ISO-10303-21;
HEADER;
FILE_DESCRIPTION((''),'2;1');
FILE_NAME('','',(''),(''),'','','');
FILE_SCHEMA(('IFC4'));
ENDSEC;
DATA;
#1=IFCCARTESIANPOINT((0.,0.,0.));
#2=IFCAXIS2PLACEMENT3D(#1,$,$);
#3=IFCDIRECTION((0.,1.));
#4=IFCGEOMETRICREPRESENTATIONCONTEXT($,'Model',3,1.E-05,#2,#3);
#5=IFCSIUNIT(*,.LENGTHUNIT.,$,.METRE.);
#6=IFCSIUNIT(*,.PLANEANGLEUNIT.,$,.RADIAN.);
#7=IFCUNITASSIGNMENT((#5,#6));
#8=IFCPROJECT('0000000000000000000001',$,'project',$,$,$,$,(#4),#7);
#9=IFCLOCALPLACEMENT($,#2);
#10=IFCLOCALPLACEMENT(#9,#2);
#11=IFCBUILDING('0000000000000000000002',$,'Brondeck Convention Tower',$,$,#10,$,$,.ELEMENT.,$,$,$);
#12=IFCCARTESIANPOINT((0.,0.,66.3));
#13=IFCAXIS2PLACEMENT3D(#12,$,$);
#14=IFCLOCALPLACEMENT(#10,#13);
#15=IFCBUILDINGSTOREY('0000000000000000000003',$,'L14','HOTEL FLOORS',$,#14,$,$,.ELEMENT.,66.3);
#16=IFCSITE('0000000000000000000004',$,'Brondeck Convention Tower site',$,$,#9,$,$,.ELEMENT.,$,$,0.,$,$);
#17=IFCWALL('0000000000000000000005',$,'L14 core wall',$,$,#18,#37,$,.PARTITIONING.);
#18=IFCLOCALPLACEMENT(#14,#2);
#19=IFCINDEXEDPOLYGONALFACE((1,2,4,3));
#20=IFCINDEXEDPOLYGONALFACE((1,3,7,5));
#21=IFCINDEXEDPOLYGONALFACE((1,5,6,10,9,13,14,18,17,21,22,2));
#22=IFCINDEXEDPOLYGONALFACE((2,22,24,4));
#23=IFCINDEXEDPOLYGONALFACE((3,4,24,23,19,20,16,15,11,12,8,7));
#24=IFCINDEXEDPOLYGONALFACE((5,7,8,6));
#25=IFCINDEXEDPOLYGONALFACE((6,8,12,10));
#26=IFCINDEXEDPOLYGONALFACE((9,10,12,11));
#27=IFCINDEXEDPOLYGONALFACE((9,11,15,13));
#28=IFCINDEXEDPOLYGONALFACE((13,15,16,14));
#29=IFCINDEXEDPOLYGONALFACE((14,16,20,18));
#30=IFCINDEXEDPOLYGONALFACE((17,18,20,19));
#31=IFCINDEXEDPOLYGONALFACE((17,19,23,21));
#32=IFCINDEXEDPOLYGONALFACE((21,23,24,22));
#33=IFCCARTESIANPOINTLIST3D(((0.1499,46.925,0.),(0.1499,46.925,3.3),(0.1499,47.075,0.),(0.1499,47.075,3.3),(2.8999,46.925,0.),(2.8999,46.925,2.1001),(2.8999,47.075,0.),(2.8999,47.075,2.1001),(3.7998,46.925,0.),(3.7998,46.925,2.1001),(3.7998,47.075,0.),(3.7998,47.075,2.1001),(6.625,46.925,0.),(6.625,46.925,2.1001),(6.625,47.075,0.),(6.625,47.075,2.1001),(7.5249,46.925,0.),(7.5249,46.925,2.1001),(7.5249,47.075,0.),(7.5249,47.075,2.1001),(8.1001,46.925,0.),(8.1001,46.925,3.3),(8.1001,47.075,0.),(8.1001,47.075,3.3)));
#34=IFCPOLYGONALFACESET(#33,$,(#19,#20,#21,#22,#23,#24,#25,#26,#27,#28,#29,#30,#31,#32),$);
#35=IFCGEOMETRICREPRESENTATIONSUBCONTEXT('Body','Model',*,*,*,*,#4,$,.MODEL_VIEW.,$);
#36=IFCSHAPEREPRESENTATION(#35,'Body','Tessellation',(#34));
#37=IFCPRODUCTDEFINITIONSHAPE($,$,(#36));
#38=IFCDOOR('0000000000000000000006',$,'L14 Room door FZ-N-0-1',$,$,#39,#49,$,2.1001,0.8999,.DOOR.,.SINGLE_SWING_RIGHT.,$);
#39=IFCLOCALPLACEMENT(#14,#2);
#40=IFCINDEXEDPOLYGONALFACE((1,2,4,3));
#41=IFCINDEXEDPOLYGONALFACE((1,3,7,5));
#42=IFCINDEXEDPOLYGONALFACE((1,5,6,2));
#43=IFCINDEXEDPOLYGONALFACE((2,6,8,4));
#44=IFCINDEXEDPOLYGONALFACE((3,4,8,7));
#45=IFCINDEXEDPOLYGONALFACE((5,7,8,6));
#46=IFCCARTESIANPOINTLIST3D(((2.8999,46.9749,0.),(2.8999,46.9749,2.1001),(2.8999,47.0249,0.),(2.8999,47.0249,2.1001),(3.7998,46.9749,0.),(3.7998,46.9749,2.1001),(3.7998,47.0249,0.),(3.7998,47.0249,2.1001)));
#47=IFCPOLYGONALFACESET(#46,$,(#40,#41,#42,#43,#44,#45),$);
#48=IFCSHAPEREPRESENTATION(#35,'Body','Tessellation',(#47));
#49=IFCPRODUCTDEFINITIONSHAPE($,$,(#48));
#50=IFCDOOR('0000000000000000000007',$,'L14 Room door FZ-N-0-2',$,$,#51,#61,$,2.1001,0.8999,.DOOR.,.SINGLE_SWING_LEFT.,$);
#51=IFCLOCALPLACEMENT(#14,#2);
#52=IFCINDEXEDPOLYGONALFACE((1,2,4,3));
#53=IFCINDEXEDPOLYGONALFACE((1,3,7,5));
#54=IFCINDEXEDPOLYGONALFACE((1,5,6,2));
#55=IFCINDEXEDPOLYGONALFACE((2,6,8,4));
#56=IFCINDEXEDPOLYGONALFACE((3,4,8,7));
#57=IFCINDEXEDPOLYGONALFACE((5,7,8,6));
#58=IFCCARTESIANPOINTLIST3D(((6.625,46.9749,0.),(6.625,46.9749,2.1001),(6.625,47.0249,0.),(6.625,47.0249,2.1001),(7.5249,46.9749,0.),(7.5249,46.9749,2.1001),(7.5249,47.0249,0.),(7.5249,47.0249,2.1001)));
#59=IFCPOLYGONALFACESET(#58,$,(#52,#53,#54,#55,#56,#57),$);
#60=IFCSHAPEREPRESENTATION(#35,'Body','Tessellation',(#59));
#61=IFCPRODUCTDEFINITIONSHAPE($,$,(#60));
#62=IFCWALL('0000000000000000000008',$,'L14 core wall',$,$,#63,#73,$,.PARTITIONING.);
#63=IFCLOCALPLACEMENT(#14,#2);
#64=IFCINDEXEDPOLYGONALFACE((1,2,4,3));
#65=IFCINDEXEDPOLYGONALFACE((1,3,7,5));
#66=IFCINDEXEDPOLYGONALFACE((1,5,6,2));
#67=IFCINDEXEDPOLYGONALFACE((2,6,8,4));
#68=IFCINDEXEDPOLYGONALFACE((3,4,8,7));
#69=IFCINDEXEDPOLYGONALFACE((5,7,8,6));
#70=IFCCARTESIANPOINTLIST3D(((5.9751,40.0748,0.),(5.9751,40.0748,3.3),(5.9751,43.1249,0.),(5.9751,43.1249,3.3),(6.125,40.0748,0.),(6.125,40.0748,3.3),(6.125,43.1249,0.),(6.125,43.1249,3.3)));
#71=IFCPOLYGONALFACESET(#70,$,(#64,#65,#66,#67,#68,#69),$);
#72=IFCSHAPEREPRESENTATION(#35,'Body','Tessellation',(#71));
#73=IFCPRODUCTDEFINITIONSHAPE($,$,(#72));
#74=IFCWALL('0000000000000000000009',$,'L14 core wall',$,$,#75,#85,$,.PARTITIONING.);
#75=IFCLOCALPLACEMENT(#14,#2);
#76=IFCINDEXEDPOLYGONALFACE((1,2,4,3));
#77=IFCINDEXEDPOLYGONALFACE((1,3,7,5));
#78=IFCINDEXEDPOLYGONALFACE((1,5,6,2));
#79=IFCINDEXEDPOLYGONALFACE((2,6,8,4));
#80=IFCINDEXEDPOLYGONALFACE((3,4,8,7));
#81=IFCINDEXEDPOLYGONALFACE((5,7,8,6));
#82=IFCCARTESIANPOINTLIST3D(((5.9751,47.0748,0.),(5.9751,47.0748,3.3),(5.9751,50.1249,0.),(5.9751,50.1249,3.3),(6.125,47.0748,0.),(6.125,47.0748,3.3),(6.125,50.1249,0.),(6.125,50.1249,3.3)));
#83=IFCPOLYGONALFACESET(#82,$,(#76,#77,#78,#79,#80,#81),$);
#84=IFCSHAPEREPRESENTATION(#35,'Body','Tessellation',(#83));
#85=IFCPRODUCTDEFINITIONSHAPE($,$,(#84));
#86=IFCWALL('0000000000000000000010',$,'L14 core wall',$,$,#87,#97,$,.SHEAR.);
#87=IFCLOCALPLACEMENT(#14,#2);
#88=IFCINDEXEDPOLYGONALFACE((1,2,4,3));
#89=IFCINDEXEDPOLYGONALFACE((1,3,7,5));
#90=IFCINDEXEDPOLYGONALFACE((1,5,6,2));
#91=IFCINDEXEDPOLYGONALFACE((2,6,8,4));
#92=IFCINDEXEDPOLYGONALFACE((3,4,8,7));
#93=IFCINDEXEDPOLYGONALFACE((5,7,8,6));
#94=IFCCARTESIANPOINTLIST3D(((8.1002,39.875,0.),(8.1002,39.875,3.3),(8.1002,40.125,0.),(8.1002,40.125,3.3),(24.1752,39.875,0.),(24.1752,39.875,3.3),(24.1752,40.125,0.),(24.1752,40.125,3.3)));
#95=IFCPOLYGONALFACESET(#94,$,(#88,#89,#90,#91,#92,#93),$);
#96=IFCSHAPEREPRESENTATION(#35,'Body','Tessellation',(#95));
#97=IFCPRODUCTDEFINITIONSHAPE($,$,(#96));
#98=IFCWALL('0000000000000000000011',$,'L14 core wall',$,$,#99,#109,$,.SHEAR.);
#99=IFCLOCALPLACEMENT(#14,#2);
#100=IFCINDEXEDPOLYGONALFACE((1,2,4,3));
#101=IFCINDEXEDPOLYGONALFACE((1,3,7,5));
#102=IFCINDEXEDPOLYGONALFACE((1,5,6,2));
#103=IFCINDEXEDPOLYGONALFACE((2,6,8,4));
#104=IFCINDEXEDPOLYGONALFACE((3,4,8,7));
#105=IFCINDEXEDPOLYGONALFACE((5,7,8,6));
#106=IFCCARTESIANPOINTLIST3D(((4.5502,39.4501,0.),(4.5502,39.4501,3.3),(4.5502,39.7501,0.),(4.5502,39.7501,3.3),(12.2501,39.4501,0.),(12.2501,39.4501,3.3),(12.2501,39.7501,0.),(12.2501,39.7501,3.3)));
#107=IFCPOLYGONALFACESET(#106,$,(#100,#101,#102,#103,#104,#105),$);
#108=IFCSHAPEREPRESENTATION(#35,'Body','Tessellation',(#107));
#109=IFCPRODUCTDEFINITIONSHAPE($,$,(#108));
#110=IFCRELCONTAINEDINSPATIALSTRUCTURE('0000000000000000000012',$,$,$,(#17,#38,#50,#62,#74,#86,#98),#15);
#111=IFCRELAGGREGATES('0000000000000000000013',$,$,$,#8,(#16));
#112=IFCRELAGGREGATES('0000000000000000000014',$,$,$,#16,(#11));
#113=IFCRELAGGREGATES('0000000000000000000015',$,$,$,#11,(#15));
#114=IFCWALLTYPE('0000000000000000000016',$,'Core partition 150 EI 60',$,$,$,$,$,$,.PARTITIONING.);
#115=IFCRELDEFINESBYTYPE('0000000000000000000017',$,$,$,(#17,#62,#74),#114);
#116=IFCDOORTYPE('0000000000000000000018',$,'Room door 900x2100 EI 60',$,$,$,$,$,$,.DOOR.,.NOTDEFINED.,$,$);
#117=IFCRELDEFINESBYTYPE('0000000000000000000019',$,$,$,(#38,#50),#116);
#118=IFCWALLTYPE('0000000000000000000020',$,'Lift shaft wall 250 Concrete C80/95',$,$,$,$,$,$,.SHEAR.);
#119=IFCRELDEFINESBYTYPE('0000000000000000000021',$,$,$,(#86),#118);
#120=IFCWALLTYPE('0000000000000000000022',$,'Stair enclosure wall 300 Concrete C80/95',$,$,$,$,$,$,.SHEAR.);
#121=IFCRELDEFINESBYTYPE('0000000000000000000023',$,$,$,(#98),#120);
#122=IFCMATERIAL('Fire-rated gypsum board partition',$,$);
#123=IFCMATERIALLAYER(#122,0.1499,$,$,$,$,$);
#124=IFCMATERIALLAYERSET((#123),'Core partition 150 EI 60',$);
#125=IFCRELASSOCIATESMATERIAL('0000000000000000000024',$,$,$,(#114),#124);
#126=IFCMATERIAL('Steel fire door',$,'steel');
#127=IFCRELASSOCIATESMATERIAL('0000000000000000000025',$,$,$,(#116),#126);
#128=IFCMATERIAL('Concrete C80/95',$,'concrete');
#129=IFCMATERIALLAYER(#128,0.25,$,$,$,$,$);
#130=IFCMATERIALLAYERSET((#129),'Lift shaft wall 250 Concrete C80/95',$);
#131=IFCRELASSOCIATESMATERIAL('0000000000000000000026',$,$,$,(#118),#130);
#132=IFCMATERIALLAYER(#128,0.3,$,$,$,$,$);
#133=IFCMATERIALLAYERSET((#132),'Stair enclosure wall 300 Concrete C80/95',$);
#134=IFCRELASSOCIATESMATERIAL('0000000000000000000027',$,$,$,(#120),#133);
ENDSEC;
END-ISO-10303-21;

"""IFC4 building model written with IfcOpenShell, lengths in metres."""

from ifc_helpers import new_model, si_unit, direction, frame, frame_2d, origin, place, context, subcontext, project, spatial, rectangle, extrude, material, layer, layer_set, type_object, element, fill, save


model = new_model("IFC4")

# Units and contexts
model_context = context("Model", 3, precision=1e-05, world=origin(), true_north=direction((0.0, 1.0)))
body_context = subcontext(model_context, "Body", "Model", "MODEL_VIEW")
ifc_project = project(units=[si_unit("LENGTHUNIT", "METRE"), si_unit("PLANEANGLEUNIT", "RADIAN")], contexts=[model_context])

# Site, building, storey
site_placement = place(None, origin())
site = spatial("IfcSite", under=ifc_project, at=site_placement, Name="Brondeck Convention Tower site", CompositionType="ELEMENT", RefElevation=0.0)
building_placement = place(site_placement, origin())
building = spatial("IfcBuilding", under=site, at=building_placement, Name="Brondeck Convention Tower", CompositionType="ELEMENT")
storey_placement = place(building_placement, frame((0.0, 0.0, 66.3)))
storey = spatial("IfcBuildingStorey", under=building, at=storey_placement, Name="L14", Description="HOTEL FLOORS", CompositionType="ELEMENT", Elevation=66.3)

# Shared definitions
ifc_material_1 = material(Name="Concrete C80/95", Category="concrete")

# Shared definitions
ifc_material_2 = material(Name="Fire-rated gypsum board partition")
ifc_layer_1 = layer(ifc_material_2, 0.1499)
ifc_layer_set_1 = layer_set([ifc_layer_1], Name="Core partition 150 EI 60")
wall_type_1 = type_object("IfcWallType", Name="Core partition 150 EI 60", PredefinedType="PARTITIONING", material=ifc_layer_set_1)

# Wall, openings, doors
ifc_material_3 = material(Name="Steel fire door", Category="steel")
door_type = type_object("IfcDoorType", Name="Room door 900x2100 EI 60", OperationType="NOTDEFINED", PredefinedType="DOOR", material=ifc_material_3)
wall_1_placement = place(storey_placement, frame((0.1499, 47.0, 0.0), z_axis=(0.0, 0.0, 1.0), x_axis=(1.0, 0.0, 0.0)))
wall_1 = element("IfcWall", 1, at=wall_1_placement, inside=storey, type_object=wall_type_1, Name="L14 core wall", PredefinedType="PARTITIONING", context=body_context, shape_type="SweptSolid", body=[
    extrude(rectangle(XDim=7.9502, YDim=0.1499, at=frame_2d((3.9751, 0.0))), origin(), (0.0, 0.0, 1.0), 3.3),
])
opening_1_placement = place(wall_1_placement, frame((2.75, 0.0, 0.0)))
opening_1 = element("IfcOpeningElement", 2, at=opening_1_placement, cuts=wall_1, PredefinedType="OPENING", context=body_context, shape_type="SweptSolid", body=[
    extrude(rectangle(XDim=0.8999, YDim=2.1001, at=frame_2d((0.45, 1.05))), frame((0.0, 0.085, 0.0), z_axis=(0.0, -1.0, 0.0), x_axis=(1.0, 0.0, 0.0)), (0.0, 0.0, 1.0), 0.1699),
])
opening_2_placement = place(wall_1_placement, frame((6.4751, 0.0, 0.0)))
opening_2 = element("IfcOpeningElement", 3, at=opening_2_placement, cuts=wall_1, PredefinedType="OPENING", context=body_context, shape_type="SweptSolid", body=[
    extrude(rectangle(XDim=0.8999, YDim=2.1001, at=frame_2d((0.45, 1.05))), frame((0.0, 0.085, 0.0), z_axis=(0.0, -1.0, 0.0), x_axis=(1.0, 0.0, 0.0)), (0.0, 0.0, 1.0), 0.1699),
])
door_1_placement = place(opening_1_placement, origin())
door_1 = element("IfcDoor", 4, at=door_1_placement, inside=storey, type_object=door_type, Name="L14 Room door FZ-N-0-1", OperationType="SINGLE_SWING_RIGHT", OverallHeight=2.1001, OverallWidth=0.8999, PredefinedType="DOOR", context=body_context, shape_type="SweptSolid", body=[
    extrude(rectangle(XDim=0.8999, YDim=2.1001, at=frame_2d((0.45, 1.05))), frame((0.0, 0.0249, 0.0), z_axis=(0.0, -1.0, 0.0), x_axis=(1.0, 0.0, 0.0)), (0.0, 0.0, 1.0), 0.05),
])
fill(opening_1, door_1)
door_2_placement = place(opening_2_placement, origin())
door_2 = element("IfcDoor", 5, at=door_2_placement, inside=storey, type_object=door_type, Name="L14 Room door FZ-N-0-2", OperationType="SINGLE_SWING_LEFT", OverallHeight=2.1001, OverallWidth=0.8999, PredefinedType="DOOR", context=body_context, shape_type="SweptSolid", body=[
    extrude(rectangle(XDim=0.8999, YDim=2.1001, at=frame_2d((0.45, 1.05))), frame((0.0, 0.0249, 0.0), z_axis=(0.0, -1.0, 0.0), x_axis=(1.0, 0.0, 0.0)), (0.0, 0.0, 1.0), 0.05),
])
fill(opening_2, door_2)

# Walls
for number, where, z_axis, x_axis, name in (
    (6, (6.05, 40.075, 0.0), (0.0, 0.0, 1.0), (0.0, 1.0, 0.0), "L14 core wall"),
    (7, (6.05, 47.075, 0.0), (0.0, 0.0, 1.0), (0.0, 1.0, 0.0), "L14 core wall"),
):
    element("IfcWall", number, at=place(storey_placement, frame(where, z_axis=z_axis, x_axis=x_axis)), inside=storey, type_object=wall_type_1, Name=name, PredefinedType="PARTITIONING", context=body_context, shape_type="SweptSolid", body=[
        extrude(rectangle(XDim=3.05, YDim=0.1499, at=frame_2d((1.5249, 0.0))), origin(), (0.0, 0.0, 1.0), 3.3),
    ])
ifc_layer_2 = layer(ifc_material_1, 0.25)
ifc_layer_set_2 = layer_set([ifc_layer_2], Name="Lift shaft wall 250 Concrete C80/95")
wall_type_2 = type_object("IfcWallType", Name="Lift shaft wall 250 Concrete C80/95", PredefinedType="SHEAR", material=ifc_layer_set_2)
wall_2_placement = place(storey_placement, frame((8.1001, 40.0, 0.0), z_axis=(0.0, 0.0, 1.0), x_axis=(1.0, 0.0, 0.0)))
element("IfcWall", 8, at=wall_2_placement, inside=storey, type_object=wall_type_2, Name="L14 core wall", PredefinedType="SHEAR", context=body_context, shape_type="SweptSolid", body=[
    extrude(rectangle(XDim=16.075, YDim=0.25, at=frame_2d((8.0376, 0.0))), origin(), (0.0, 0.0, 1.0), 3.3),
])
ifc_layer_3 = layer(ifc_material_1, 0.3)
ifc_layer_set_3 = layer_set([ifc_layer_3], Name="Stair enclosure wall 300 Concrete C80/95")
wall_type_3 = type_object("IfcWallType", Name="Stair enclosure wall 300 Concrete C80/95", PredefinedType="SHEAR", material=ifc_layer_set_3)
wall_3_placement = place(storey_placement, frame((4.55, 39.6001, 0.0), z_axis=(0.0, 0.0, 1.0), x_axis=(1.0, 0.0, 0.0)))
element("IfcWall", 9, at=wall_3_placement, inside=storey, type_object=wall_type_3, Name="L14 core wall", PredefinedType="SHEAR", context=body_context, shape_type="SweptSolid", body=[
    extrude(rectangle(XDim=7.7, YDim=0.3, at=frame_2d((3.8501, 0.0))), origin(), (0.0, 0.0, 1.0), 3.3),
])

save(model, "model.ifc")
